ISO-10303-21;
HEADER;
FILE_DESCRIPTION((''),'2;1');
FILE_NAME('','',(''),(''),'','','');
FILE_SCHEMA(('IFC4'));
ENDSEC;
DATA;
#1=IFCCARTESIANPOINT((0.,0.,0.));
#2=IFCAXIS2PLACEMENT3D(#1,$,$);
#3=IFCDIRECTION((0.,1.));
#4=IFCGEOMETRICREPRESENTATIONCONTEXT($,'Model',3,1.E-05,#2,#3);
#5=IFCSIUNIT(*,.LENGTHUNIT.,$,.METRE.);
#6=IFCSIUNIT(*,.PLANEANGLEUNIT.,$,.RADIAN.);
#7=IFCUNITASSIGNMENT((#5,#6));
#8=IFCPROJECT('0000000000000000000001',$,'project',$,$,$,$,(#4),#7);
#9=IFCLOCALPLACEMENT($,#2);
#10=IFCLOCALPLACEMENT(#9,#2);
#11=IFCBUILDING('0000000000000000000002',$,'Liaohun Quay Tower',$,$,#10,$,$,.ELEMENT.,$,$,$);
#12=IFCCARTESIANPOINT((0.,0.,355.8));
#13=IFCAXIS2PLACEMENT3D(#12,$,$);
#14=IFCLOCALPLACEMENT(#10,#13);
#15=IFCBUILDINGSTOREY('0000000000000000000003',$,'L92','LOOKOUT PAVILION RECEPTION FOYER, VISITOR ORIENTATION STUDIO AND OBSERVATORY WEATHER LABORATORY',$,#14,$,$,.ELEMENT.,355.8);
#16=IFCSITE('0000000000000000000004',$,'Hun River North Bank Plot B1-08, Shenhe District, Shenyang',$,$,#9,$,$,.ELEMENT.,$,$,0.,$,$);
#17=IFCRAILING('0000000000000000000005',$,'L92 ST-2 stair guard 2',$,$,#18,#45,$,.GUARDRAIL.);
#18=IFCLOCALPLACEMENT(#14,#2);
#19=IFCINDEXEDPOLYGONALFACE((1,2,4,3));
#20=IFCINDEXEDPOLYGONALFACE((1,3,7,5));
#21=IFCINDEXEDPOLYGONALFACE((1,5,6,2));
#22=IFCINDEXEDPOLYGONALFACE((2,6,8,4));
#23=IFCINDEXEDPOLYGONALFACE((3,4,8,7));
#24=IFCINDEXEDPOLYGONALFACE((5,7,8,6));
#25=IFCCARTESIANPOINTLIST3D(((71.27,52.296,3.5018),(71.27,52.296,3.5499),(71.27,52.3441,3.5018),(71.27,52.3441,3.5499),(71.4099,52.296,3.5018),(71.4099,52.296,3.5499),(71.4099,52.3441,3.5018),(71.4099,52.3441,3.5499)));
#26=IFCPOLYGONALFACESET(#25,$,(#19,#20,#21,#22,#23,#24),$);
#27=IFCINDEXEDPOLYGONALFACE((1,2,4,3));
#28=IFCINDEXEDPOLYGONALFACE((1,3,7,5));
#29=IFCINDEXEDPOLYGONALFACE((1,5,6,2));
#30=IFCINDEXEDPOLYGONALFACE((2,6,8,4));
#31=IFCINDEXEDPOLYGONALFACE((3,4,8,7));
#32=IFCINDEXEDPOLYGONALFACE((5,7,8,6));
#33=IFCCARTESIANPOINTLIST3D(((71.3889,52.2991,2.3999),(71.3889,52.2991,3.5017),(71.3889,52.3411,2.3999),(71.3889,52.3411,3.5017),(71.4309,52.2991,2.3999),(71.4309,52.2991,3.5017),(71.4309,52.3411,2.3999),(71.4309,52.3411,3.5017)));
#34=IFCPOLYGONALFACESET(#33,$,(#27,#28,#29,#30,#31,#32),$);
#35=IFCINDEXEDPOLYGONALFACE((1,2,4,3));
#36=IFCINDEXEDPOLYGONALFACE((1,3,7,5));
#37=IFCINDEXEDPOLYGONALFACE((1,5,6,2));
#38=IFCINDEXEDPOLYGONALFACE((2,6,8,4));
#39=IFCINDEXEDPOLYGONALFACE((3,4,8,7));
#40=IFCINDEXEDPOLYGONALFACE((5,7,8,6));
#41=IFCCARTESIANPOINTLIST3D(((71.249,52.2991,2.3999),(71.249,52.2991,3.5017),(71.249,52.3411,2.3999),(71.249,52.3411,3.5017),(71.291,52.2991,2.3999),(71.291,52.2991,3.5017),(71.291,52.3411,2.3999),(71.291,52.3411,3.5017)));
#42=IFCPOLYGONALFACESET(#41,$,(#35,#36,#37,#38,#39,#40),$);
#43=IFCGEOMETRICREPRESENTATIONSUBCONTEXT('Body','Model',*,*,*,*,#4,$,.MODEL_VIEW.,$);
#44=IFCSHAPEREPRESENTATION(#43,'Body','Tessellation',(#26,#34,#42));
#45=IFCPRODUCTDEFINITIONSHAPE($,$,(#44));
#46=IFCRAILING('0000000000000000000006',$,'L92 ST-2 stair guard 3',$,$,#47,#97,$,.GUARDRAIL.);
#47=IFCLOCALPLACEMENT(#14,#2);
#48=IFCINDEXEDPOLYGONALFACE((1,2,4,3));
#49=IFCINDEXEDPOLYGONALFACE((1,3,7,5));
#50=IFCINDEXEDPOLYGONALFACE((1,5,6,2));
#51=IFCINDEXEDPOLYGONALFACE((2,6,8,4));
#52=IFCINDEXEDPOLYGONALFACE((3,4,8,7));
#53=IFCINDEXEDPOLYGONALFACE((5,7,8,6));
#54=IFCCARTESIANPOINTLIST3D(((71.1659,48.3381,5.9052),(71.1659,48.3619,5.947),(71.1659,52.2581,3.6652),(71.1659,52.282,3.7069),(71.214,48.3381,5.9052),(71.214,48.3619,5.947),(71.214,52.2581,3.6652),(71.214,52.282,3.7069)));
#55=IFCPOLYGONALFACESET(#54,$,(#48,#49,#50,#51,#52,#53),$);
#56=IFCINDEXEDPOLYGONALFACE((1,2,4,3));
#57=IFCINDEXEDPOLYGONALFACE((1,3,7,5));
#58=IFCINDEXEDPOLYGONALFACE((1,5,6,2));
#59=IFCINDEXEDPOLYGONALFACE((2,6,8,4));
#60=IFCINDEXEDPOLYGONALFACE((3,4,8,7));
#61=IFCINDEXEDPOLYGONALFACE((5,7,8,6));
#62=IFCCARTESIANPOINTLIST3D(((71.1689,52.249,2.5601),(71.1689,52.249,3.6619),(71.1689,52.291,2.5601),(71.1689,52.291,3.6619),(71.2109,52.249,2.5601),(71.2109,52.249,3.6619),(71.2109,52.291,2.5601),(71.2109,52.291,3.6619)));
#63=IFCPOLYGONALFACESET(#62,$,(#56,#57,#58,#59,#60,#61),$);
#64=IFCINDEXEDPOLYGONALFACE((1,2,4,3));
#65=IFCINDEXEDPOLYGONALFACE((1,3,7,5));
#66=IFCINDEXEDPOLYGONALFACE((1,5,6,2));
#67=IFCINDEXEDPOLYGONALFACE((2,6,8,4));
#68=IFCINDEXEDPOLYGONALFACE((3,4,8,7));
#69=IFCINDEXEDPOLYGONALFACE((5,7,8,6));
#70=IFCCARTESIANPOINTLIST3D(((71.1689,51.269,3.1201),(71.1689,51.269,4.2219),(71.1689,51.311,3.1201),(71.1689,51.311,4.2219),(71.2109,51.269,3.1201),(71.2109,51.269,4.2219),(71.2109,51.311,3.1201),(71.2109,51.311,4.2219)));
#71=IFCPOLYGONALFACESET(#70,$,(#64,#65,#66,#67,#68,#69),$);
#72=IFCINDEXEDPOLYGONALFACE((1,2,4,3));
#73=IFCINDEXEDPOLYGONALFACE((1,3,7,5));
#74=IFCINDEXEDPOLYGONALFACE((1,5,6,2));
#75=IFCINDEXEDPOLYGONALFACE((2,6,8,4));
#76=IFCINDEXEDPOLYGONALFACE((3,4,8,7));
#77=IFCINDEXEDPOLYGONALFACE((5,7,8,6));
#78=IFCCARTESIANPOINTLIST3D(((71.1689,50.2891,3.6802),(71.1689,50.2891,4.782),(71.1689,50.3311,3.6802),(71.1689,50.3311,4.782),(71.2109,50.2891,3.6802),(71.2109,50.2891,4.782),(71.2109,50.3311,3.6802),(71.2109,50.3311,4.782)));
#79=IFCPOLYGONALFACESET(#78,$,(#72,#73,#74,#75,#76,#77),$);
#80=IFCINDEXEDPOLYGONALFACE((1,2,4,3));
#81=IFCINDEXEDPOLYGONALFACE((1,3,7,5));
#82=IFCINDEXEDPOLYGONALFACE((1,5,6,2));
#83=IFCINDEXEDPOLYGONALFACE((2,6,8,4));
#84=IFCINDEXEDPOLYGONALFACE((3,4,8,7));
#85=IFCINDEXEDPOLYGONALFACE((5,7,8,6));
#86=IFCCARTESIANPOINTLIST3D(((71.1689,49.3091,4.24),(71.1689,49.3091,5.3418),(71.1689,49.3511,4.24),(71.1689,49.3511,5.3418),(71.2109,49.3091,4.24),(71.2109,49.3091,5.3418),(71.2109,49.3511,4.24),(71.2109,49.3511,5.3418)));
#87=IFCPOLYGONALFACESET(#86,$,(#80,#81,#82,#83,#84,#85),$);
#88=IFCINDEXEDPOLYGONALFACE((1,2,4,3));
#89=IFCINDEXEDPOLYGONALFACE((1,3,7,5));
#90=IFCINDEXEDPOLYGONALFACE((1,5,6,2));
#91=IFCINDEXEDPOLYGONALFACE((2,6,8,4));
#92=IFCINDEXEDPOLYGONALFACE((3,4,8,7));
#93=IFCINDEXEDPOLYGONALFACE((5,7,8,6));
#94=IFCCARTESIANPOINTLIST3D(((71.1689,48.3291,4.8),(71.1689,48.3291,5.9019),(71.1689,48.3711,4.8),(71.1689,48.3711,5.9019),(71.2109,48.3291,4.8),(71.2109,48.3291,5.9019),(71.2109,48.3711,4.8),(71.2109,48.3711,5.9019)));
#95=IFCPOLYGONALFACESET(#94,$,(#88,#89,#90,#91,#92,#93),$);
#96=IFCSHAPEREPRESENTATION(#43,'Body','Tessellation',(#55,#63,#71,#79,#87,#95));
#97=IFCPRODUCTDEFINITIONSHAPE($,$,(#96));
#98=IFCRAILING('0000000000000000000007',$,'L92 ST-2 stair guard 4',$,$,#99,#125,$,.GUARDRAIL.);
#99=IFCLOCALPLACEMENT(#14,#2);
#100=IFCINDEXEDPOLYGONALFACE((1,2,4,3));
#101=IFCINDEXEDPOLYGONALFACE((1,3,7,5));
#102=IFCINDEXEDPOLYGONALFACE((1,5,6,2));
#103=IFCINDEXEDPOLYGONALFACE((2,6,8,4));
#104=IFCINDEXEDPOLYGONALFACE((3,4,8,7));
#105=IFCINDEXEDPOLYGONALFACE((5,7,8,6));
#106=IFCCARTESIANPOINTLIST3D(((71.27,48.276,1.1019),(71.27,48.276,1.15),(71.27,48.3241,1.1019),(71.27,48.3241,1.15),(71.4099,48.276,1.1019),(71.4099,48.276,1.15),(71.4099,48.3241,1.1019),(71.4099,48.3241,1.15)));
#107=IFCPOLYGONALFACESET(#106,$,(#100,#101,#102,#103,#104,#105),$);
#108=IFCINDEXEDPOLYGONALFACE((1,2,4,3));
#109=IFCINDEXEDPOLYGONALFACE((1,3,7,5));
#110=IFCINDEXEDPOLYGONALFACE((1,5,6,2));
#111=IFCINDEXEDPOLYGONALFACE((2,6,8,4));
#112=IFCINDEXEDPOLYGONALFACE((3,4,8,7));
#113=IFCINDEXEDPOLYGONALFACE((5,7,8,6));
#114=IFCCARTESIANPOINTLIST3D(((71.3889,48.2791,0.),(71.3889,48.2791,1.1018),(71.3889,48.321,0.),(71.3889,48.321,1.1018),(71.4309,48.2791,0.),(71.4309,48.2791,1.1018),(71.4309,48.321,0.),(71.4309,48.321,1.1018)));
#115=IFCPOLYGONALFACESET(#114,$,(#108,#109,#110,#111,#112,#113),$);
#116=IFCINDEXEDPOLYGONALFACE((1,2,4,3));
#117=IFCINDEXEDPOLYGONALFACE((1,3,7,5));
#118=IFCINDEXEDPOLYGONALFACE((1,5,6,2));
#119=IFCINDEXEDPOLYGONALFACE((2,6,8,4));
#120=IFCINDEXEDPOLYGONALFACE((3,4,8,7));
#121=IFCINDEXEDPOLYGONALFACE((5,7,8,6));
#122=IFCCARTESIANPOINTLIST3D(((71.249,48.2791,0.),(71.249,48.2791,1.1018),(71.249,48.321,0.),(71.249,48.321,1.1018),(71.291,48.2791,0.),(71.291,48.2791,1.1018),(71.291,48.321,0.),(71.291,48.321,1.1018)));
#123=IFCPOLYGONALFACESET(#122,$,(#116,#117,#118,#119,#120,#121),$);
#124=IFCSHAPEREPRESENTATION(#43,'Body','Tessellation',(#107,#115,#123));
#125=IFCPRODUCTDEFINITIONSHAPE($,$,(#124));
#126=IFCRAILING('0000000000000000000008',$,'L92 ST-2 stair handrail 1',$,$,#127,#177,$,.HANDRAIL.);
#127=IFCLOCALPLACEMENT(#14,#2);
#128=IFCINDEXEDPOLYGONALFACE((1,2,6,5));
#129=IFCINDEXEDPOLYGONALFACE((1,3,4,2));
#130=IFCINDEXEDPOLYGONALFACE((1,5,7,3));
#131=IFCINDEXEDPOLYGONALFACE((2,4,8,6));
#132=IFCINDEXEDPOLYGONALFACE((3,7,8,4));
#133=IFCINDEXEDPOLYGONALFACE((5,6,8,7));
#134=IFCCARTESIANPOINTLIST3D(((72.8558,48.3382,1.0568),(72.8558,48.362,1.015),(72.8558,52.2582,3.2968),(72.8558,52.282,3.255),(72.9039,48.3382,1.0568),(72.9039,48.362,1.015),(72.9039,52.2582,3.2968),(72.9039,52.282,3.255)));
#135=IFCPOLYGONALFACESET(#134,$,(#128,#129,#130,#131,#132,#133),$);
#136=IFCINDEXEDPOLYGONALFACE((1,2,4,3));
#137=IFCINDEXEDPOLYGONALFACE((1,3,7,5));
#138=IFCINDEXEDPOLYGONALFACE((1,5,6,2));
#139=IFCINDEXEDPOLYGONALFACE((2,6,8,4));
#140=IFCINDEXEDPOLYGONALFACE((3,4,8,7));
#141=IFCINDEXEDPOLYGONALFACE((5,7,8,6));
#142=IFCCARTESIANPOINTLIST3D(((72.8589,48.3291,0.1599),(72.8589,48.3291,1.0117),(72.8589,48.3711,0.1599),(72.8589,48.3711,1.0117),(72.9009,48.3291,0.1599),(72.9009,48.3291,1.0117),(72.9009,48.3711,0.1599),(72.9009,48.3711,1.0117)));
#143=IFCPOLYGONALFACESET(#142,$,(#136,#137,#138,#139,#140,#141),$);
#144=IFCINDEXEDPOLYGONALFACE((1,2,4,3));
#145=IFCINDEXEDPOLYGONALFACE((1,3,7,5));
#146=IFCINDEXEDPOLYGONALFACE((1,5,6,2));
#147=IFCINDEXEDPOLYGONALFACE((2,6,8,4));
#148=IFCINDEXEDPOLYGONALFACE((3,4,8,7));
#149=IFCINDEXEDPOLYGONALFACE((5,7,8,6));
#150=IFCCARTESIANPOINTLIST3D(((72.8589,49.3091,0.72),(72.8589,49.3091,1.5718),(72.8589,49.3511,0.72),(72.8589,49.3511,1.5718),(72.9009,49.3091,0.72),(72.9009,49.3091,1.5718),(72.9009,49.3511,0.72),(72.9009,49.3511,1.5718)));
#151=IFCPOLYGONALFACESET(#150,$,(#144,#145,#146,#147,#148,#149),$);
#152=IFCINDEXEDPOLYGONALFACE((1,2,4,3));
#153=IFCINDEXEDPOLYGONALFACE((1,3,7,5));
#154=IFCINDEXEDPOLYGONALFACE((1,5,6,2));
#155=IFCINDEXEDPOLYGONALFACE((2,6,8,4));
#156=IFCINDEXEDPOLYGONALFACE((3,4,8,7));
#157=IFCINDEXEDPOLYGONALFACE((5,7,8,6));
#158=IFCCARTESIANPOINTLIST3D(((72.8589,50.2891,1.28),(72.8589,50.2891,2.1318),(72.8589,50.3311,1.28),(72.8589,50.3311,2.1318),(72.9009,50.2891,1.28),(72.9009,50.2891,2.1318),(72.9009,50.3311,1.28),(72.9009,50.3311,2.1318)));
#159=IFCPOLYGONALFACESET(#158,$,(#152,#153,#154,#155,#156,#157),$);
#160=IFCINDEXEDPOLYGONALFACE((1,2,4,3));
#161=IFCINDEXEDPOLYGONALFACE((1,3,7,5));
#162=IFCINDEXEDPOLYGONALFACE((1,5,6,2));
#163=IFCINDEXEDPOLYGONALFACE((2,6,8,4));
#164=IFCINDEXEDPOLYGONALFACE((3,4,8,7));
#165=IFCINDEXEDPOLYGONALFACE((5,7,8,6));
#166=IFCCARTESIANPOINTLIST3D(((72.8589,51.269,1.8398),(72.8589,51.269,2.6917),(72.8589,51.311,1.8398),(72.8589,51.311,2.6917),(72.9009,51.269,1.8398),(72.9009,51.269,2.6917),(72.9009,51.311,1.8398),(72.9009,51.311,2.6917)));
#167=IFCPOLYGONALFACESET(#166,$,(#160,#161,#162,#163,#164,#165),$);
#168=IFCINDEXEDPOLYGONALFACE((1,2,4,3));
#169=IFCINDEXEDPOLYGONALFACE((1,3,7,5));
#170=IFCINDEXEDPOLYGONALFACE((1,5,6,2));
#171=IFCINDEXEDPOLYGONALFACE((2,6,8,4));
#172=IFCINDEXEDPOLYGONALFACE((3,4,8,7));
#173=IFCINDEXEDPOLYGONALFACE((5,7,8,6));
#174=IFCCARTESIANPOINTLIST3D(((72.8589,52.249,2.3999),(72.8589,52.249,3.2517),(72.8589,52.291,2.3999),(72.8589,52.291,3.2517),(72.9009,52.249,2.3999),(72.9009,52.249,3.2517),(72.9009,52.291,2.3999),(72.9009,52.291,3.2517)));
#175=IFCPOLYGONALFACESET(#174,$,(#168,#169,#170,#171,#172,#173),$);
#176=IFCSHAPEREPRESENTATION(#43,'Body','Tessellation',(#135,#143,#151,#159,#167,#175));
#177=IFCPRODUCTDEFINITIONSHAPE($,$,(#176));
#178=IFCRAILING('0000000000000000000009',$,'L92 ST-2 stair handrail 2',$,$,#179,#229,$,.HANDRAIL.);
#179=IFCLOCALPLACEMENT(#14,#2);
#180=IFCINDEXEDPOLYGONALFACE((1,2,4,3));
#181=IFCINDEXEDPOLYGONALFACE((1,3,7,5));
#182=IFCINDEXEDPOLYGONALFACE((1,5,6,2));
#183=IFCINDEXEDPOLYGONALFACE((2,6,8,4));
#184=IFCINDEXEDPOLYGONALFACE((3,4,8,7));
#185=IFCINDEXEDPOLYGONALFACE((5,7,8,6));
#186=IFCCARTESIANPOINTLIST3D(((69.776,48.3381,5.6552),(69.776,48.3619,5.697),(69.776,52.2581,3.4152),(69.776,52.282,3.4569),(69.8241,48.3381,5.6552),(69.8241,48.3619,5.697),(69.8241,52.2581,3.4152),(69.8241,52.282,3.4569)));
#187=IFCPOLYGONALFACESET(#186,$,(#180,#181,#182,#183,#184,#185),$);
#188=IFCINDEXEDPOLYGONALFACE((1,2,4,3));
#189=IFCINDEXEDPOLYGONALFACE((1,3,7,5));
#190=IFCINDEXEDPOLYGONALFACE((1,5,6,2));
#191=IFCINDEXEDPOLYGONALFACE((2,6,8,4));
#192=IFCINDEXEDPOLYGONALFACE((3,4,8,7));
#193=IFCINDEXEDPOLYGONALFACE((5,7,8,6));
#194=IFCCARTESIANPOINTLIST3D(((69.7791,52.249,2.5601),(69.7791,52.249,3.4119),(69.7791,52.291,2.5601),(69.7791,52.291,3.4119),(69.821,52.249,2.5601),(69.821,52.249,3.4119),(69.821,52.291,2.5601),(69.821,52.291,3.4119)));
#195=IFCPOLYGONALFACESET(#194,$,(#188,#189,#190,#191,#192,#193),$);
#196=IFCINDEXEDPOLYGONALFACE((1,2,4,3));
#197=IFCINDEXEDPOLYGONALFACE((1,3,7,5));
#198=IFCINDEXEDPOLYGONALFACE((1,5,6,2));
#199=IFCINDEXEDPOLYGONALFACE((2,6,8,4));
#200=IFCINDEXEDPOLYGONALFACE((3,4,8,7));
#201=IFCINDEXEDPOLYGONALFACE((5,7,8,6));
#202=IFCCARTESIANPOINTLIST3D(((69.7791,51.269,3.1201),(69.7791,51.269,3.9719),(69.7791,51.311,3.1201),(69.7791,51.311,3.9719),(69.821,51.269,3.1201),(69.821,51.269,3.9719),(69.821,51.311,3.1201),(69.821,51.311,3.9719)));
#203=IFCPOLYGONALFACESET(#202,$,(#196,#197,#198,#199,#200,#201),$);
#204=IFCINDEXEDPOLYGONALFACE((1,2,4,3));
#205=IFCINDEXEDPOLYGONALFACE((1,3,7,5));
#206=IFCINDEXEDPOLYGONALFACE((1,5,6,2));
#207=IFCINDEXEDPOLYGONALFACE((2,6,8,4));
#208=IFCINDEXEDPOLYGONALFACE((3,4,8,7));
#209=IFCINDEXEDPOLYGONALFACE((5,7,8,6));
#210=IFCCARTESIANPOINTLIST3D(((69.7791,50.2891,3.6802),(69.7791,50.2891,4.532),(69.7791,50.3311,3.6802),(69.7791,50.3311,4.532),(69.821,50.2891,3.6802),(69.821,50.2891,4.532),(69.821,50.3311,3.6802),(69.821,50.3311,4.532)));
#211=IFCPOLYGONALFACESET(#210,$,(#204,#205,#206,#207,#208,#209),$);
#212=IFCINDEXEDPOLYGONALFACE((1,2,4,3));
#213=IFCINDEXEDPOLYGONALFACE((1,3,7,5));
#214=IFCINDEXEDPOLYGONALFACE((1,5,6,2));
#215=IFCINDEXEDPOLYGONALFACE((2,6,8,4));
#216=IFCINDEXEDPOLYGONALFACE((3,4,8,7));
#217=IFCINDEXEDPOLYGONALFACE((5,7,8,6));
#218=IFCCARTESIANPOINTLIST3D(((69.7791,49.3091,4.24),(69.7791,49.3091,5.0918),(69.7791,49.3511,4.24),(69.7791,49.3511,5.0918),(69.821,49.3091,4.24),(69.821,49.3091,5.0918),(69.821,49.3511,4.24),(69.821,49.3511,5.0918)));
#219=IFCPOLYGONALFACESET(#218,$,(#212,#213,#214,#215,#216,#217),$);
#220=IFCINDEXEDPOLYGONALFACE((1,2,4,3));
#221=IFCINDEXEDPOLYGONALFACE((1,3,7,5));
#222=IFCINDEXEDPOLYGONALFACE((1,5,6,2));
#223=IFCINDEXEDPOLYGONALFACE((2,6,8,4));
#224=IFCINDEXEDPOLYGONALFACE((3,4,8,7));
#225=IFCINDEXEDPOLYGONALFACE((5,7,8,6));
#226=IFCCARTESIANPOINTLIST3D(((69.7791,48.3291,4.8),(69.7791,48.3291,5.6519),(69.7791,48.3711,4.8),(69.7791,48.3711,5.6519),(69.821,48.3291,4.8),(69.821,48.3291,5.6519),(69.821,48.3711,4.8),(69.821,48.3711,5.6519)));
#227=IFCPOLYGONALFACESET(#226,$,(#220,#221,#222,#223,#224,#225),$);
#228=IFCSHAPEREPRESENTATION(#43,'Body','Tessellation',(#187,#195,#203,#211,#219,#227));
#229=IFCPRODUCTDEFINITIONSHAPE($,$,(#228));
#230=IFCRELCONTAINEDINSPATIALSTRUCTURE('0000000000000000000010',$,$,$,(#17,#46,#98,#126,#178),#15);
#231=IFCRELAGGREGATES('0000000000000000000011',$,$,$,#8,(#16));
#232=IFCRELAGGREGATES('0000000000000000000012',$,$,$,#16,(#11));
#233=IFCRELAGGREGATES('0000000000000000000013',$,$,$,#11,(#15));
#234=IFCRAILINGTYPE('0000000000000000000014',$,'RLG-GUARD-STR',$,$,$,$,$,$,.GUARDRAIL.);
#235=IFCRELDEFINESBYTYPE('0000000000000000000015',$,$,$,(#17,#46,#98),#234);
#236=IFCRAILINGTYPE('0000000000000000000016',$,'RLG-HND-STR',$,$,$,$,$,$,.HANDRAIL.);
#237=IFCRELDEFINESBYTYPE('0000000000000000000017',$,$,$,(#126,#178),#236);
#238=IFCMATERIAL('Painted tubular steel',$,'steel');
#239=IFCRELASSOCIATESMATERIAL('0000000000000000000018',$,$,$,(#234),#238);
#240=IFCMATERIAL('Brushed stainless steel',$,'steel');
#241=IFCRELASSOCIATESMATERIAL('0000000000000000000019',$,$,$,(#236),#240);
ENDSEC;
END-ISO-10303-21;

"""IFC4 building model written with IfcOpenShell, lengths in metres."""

from ifc_helpers import new_model, si_unit, direction, frame, origin, origin_2d, place, context, subcontext, project, spatial, rectangle, extrude, material, type_object, element, save


model = new_model("IFC4")

# Units and contexts
model_context = context("Model", 3, precision=1e-05, world=origin(), true_north=direction((0.0, 1.0)))
body_context = subcontext(model_context, "Body", "Model", "MODEL_VIEW")
ifc_project = project(units=[si_unit("LENGTHUNIT", "METRE"), si_unit("PLANEANGLEUNIT", "RADIAN")], contexts=[model_context])

# Site, building, storey
site_placement = place(None, origin())
site = spatial("IfcSite", under=ifc_project, at=site_placement, Name="Hun River North Bank Plot B1-08, Shenhe District, Shenyang", CompositionType="ELEMENT", RefElevation=0.0)
building_placement = place(site_placement, origin())
building = spatial("IfcBuilding", under=site, at=building_placement, Name="Liaohun Quay Tower", CompositionType="ELEMENT")
storey_placement = place(building_placement, frame((0.0, 0.0, 355.8)))
storey = spatial("IfcBuildingStorey", under=building, at=storey_placement, Name="L92", Description="LOOKOUT PAVILION RECEPTION FOYER, VISITOR ORIENTATION STUDIO AND OBSERVATORY WEATHER LABORATORY", CompositionType="ELEMENT", Elevation=355.8)

# Railings
ifc_material_1 = material(Name="Painted tubular steel", Category="steel")
railing_type_1 = type_object("IfcRailingType", Name="RLG-GUARD-STR", PredefinedType="GUARDRAIL", material=ifc_material_1)
railing_1_placement = place(storey_placement, frame((71.4099, 52.3201, 2.3999)))
element("IfcRailing", 1, at=railing_1_placement, inside=storey, type_object=railing_type_1, Name="L92 ST-2 stair guard 2", PredefinedType="GUARDRAIL", context=body_context, shape_type="SweptSolid", body=[
    extrude(rectangle(XDim=0.0481, YDim=0.0481, at=origin_2d()), frame((0.0, 0.0, 1.126), z_axis=(-1.0, 0.0, 0.0), x_axis=(0.0, -1.0, 0.0)), (0.0, 0.0, 1.0), 0.1399),
    extrude(rectangle(XDim=0.042, YDim=0.042, at=origin_2d()), origin(), (0.0, 0.0, 1.0), 1.1018),
    extrude(rectangle(XDim=0.042, YDim=0.042, at=origin_2d()), frame((-0.1399, 0.0, 0.0)), (0.0, 0.0, 1.0), 1.1018),
])
railing_2_placement = place(storey_placement, frame((71.1899, 52.27, 2.5601)))
element("IfcRailing", 2, at=railing_2_placement, inside=storey, type_object=railing_type_1, Name="L92 ST-2 stair guard 3", PredefinedType="GUARDRAIL", context=body_context, shape_type="SweptSolid", body=[
    extrude(rectangle(XDim=0.0481, YDim=0.0481, at=origin_2d()), frame((0.0, 0.0, 1.126), z_axis=(0.0, -0.86824, 0.496145), x_axis=(1.0, 0.0, 0.0)), (0.0, 0.0, 1.0), 4.5149),
    extrude(rectangle(XDim=0.042, YDim=0.042, at=origin_2d()), origin(), (0.0, 0.0, 1.0), 1.1018),
    extrude(rectangle(XDim=0.042, YDim=0.042, at=origin_2d()), frame((0.0, -0.98, 0.5601)), (0.0, 0.0, 1.0), 1.1018),
    extrude(rectangle(XDim=0.042, YDim=0.042, at=origin_2d()), frame((0.0, -1.96, 1.1201)), (0.0, 0.0, 1.0), 1.1018),
    extrude(rectangle(XDim=0.042, YDim=0.042, at=origin_2d()), frame((0.0, -2.9399, 1.6799)), (0.0, 0.0, 1.0), 1.1018),
    extrude(rectangle(XDim=0.042, YDim=0.042, at=origin_2d()), frame((0.0, -3.9199, 2.24)), (0.0, 0.0, 1.0), 1.1018),
])
railing_3_placement = place(storey_placement, frame((71.4099, 48.3, 0.0)))
element("IfcRailing", 3, at=railing_3_placement, inside=storey, type_object=railing_type_1, Name="L92 ST-2 stair guard 4", PredefinedType="GUARDRAIL", context=body_context, shape_type="SweptSolid", body=[
    extrude(rectangle(XDim=0.0481, YDim=0.0481, at=origin_2d()), frame((0.0, 0.0, 1.126), z_axis=(-1.0, 0.0, 0.0), x_axis=(0.0, -1.0, 0.0)), (0.0, 0.0, 1.0), 0.1399),
    extrude(rectangle(XDim=0.042, YDim=0.042, at=origin_2d()), origin(), (0.0, 0.0, 1.0), 1.1018),
    extrude(rectangle(XDim=0.042, YDim=0.042, at=origin_2d()), frame((-0.1399, 0.0, 0.0)), (0.0, 0.0, 1.0), 1.1018),
])
ifc_material_2 = material(Name="Brushed stainless steel", Category="steel")
railing_type_2 = type_object("IfcRailingType", Name="RLG-HND-STR", PredefinedType="HANDRAIL", material=ifc_material_2)
railing_4_placement = place(storey_placement, frame((72.8799, 48.3501, 0.1599)))
element("IfcRailing", 4, at=railing_4_placement, inside=storey, type_object=railing_type_2, Name="L92 ST-2 stair handrail 1", PredefinedType="HANDRAIL", context=body_context, shape_type="SweptSolid", body=[
    extrude(rectangle(XDim=0.0481, YDim=0.0481, at=origin_2d()), frame((0.0, 0.0, 0.876), z_axis=(0.0, 0.86824, 0.496145), x_axis=(-1.0, 0.0, 0.0)), (0.0, 0.0, 1.0), 4.5149),
    extrude(rectangle(XDim=0.042, YDim=0.042, at=origin_2d()), origin(), (0.0, 0.0, 1.0), 0.8518),
    extrude(rectangle(XDim=0.042, YDim=0.042, at=origin_2d()), frame((0.0, 0.98, 0.5601)), (0.0, 0.0, 1.0), 0.8518),
    extrude(rectangle(XDim=0.042, YDim=0.042, at=origin_2d()), frame((0.0, 1.96, 1.1201)), (0.0, 0.0, 1.0), 0.8518),
    extrude(rectangle(XDim=0.042, YDim=0.042, at=origin_2d()), frame((0.0, 2.9399, 1.6799)), (0.0, 0.0, 1.0), 0.8518),
    extrude(rectangle(XDim=0.042, YDim=0.042, at=origin_2d()), frame((0.0, 3.9199, 2.24)), (0.0, 0.0, 1.0), 0.8518),
])
railing_5_placement = place(storey_placement, frame((69.8, 52.27, 2.5601)))
element("IfcRailing", 5, at=railing_5_placement, inside=storey, type_object=railing_type_2, Name="L92 ST-2 stair handrail 2", PredefinedType="HANDRAIL", context=body_context, shape_type="SweptSolid", body=[
    extrude(rectangle(XDim=0.0481, YDim=0.0481, at=origin_2d()), frame((0.0, 0.0, 0.876), z_axis=(0.0, -0.86824, 0.496145), x_axis=(1.0, 0.0, 0.0)), (0.0, 0.0, 1.0), 4.5149),
    extrude(rectangle(XDim=0.042, YDim=0.042, at=origin_2d()), origin(), (0.0, 0.0, 1.0), 0.8518),
    extrude(rectangle(XDim=0.042, YDim=0.042, at=origin_2d()), frame((0.0, -0.98, 0.5601)), (0.0, 0.0, 1.0), 0.8518),
    extrude(rectangle(XDim=0.042, YDim=0.042, at=origin_2d()), frame((0.0, -1.96, 1.1201)), (0.0, 0.0, 1.0), 0.8518),
    extrude(rectangle(XDim=0.042, YDim=0.042, at=origin_2d()), frame((0.0, -2.9399, 1.6799)), (0.0, 0.0, 1.0), 0.8518),
    extrude(rectangle(XDim=0.042, YDim=0.042, at=origin_2d()), frame((0.0, -3.9199, 2.24)), (0.0, 0.0, 1.0), 0.8518),
])

save(model, "model.ifc")
